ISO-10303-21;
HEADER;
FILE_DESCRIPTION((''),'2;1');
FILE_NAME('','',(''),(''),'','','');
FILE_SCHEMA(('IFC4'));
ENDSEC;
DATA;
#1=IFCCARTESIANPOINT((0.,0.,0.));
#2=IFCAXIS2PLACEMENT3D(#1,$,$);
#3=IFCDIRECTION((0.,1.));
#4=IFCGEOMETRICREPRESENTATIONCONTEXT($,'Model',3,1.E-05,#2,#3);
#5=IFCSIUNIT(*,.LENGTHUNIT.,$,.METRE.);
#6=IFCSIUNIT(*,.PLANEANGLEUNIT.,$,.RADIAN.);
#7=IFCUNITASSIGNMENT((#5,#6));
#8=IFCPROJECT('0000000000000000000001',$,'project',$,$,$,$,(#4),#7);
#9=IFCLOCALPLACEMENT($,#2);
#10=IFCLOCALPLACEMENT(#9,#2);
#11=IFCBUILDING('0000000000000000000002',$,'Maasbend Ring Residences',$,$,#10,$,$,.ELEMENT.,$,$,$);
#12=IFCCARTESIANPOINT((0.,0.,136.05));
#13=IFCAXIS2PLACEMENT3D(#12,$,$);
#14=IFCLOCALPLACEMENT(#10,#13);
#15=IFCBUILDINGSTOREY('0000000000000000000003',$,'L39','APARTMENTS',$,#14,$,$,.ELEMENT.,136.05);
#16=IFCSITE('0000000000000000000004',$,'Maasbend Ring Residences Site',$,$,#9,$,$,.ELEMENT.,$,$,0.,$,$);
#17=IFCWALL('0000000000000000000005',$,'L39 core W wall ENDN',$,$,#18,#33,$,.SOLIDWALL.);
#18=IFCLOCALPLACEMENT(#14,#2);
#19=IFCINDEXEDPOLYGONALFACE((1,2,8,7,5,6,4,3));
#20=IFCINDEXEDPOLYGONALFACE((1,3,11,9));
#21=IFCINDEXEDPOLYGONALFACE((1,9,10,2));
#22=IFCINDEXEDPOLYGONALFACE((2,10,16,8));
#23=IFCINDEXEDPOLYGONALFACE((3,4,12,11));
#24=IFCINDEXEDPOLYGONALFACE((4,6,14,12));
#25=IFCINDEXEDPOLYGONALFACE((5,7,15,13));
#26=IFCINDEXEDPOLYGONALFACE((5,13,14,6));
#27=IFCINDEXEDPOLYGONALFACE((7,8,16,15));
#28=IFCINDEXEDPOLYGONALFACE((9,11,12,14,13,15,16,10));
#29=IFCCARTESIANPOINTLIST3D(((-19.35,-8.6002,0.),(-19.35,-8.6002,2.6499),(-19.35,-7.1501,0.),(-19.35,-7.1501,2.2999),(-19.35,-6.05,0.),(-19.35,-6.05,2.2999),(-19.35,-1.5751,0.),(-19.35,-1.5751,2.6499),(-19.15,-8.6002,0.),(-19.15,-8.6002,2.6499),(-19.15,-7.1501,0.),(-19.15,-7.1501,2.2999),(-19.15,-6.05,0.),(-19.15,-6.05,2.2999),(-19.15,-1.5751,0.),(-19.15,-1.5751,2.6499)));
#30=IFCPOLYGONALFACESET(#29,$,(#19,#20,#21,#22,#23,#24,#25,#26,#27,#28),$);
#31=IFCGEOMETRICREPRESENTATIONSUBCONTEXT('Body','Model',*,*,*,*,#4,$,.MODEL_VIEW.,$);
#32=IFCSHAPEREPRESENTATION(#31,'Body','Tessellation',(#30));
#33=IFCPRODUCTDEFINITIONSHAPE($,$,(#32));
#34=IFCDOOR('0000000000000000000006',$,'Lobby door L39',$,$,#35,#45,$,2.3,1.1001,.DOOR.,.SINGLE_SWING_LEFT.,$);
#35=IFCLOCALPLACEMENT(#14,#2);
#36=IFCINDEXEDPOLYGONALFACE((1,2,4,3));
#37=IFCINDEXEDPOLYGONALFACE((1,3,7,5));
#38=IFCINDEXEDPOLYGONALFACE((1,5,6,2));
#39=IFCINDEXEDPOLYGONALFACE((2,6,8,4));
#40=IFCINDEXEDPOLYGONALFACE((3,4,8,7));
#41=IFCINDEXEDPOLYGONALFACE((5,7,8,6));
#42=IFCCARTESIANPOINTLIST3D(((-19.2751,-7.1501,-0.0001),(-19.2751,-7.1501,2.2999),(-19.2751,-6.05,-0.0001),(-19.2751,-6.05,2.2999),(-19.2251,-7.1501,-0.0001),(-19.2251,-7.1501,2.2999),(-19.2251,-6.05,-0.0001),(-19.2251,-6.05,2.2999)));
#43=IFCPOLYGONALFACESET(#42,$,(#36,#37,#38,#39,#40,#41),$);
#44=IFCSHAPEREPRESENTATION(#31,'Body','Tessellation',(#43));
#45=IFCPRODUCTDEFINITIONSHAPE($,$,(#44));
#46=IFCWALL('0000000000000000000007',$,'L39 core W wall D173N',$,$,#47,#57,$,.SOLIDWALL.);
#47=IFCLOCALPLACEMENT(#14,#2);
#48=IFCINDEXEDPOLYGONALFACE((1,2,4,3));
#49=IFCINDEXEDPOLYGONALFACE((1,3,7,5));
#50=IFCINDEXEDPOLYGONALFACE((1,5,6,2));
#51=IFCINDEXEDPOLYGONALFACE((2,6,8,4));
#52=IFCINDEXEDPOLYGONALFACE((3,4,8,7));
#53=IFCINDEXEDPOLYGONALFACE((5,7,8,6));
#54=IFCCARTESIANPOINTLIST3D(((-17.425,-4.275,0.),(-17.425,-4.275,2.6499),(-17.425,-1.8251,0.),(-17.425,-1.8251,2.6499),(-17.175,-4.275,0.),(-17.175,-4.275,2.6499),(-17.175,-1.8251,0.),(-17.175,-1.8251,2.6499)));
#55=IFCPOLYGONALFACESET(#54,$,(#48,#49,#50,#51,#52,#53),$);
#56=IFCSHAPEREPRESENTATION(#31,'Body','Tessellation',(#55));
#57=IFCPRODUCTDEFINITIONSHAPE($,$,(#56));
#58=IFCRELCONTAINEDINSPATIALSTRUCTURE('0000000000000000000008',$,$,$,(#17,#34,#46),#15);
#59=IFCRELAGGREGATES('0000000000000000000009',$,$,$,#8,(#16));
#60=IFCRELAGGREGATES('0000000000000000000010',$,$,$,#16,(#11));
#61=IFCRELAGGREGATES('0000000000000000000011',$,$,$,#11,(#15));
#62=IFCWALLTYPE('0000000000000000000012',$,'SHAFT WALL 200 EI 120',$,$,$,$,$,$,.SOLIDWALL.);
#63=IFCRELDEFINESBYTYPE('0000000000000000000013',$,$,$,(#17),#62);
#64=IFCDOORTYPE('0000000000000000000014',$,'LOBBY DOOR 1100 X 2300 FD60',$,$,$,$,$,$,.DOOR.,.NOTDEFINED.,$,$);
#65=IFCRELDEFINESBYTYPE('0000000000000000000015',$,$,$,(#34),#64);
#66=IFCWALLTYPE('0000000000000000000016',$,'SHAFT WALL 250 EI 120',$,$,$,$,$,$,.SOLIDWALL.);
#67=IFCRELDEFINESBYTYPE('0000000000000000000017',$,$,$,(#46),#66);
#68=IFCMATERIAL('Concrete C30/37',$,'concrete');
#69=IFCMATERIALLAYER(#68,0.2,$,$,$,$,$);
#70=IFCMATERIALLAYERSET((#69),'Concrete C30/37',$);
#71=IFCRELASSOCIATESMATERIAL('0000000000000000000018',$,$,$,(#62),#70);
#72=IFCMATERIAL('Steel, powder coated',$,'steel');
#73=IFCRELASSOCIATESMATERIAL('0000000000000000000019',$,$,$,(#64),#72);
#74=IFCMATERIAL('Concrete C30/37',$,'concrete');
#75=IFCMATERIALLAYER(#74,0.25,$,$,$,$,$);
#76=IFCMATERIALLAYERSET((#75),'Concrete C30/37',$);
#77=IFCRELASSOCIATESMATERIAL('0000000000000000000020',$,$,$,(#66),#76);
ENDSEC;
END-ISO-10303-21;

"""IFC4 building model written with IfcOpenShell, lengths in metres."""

from ifc_helpers import new_model, si_unit, direction, frame, frame_2d, origin, place, context, subcontext, project, spatial, rectangle, extrude, material, layer, layer_set, type_object, element, fill, save


model = new_model("IFC4")

# Units and contexts
model_context = context("Model", 3, precision=1e-05, world=origin(), true_north=direction((0.0, 1.0)))
body_context = subcontext(model_context, "Body", "Model", "MODEL_VIEW")
ifc_project = project(units=[si_unit("LENGTHUNIT", "METRE"), si_unit("PLANEANGLEUNIT", "RADIAN")], contexts=[model_context])

# Site, building, storey
site_placement = place(None, origin())
site = spatial("IfcSite", under=ifc_project, at=site_placement, Name="Maasbend Ring Residences Site", CompositionType="ELEMENT", RefElevation=0.0)
building_placement = place(site_placement, origin())
building = spatial("IfcBuilding", under=site, at=building_placement, Name="Maasbend Ring Residences", CompositionType="ELEMENT")
storey_placement = place(building_placement, frame((0.0, 0.0, 136.05)))
storey = spatial("IfcBuildingStorey", under=building, at=storey_placement, Name="L39", Description="APARTMENTS", CompositionType="ELEMENT", Elevation=136.05)

# Wall, opening, door
ifc_material_1 = material(Name="Concrete C30/37", Category="concrete")
ifc_layer_1 = layer(ifc_material_1, 0.2)
ifc_layer_set_1 = layer_set([ifc_layer_1], Name="Concrete C30/37")
wall_type_1 = type_object("IfcWallType", Name="SHAFT WALL 200 EI 120", PredefinedType="SOLIDWALL", material=ifc_layer_set_1)
wall_1_placement = place(storey_placement, frame((-19.25, -1.575, 0.0), z_axis=(0.0, 0.0, 1.0), x_axis=(0.0, -1.0, 0.0)))
wall_1 = element("IfcWall", 1, at=wall_1_placement, inside=storey, type_object=wall_type_1, Name="L39 core W wall ENDN", PredefinedType="SOLIDWALL", context=body_context, shape_type="SweptSolid", body=[
    extrude(rectangle(XDim=7.0251, YDim=0.2, at=frame_2d((3.5127, 0.0))), origin(), (0.0, 0.0, 1.0), 2.6499),
])
opening_1_placement = place(wall_1_placement, frame((4.4751, 0.0, 0.0)))
opening_1 = element("IfcOpeningElement", 2, at=opening_1_placement, cuts=wall_1, PredefinedType="OPENING", context=body_context, shape_type="SweptSolid", body=[
    extrude(rectangle(XDim=1.1001, YDim=2.3, at=frame_2d((0.55, 1.1499))), frame((0.0, 0.1099, 0.0), z_axis=(0.0, -1.0, 0.0), x_axis=(1.0, 0.0, 0.0)), (0.0, 0.0, 1.0), 0.22),
])
ifc_material_2 = material(Name="Steel, powder coated", Category="steel")
door_type_1 = type_object("IfcDoorType", Name="LOBBY DOOR 1100 X 2300 FD60", OperationType="NOTDEFINED", PredefinedType="DOOR", material=ifc_material_2)
door_1_placement = place(opening_1_placement, origin())
door_1 = element("IfcDoor", 3, at=door_1_placement, inside=storey, type_object=door_type_1, Name="Lobby door L39", OperationType="SINGLE_SWING_LEFT", OverallHeight=2.3, OverallWidth=1.1001, PredefinedType="DOOR", context=body_context, shape_type="SweptSolid", body=[
    extrude(rectangle(XDim=1.1001, YDim=2.3, at=frame_2d((0.55, 1.1499))), frame((0.0, 0.0249, 0.0), z_axis=(0.0, -1.0, 0.0), x_axis=(1.0, 0.0, 0.0)), (0.0, 0.0, 1.0), 0.05),
])
fill(opening_1, door_1)

# Wall
ifc_material_3 = material(Name="Concrete C30/37", Category="concrete")
ifc_layer_2 = layer(ifc_material_3, 0.25)
ifc_layer_set_2 = layer_set([ifc_layer_2], Name="Concrete C30/37")
wall_type_2 = type_object("IfcWallType", Name="SHAFT WALL 250 EI 120", PredefinedType="SOLIDWALL", material=ifc_layer_set_2)
wall_2_placement = place(storey_placement, frame((-17.3, -1.825, 0.0), z_axis=(0.0, 0.0, 1.0), x_axis=(0.0, -1.0, 0.0)))
element("IfcWall", 4, at=wall_2_placement, inside=storey, type_object=wall_type_2, Name="L39 core W wall D173N", PredefinedType="SOLIDWALL", context=body_context, shape_type="SweptSolid", body=[
    extrude(rectangle(XDim=2.45, YDim=0.25, at=frame_2d((1.2251, 0.0))), origin(), (0.0, 0.0, 1.0), 2.6499),
])

save(model, "model.ifc")
